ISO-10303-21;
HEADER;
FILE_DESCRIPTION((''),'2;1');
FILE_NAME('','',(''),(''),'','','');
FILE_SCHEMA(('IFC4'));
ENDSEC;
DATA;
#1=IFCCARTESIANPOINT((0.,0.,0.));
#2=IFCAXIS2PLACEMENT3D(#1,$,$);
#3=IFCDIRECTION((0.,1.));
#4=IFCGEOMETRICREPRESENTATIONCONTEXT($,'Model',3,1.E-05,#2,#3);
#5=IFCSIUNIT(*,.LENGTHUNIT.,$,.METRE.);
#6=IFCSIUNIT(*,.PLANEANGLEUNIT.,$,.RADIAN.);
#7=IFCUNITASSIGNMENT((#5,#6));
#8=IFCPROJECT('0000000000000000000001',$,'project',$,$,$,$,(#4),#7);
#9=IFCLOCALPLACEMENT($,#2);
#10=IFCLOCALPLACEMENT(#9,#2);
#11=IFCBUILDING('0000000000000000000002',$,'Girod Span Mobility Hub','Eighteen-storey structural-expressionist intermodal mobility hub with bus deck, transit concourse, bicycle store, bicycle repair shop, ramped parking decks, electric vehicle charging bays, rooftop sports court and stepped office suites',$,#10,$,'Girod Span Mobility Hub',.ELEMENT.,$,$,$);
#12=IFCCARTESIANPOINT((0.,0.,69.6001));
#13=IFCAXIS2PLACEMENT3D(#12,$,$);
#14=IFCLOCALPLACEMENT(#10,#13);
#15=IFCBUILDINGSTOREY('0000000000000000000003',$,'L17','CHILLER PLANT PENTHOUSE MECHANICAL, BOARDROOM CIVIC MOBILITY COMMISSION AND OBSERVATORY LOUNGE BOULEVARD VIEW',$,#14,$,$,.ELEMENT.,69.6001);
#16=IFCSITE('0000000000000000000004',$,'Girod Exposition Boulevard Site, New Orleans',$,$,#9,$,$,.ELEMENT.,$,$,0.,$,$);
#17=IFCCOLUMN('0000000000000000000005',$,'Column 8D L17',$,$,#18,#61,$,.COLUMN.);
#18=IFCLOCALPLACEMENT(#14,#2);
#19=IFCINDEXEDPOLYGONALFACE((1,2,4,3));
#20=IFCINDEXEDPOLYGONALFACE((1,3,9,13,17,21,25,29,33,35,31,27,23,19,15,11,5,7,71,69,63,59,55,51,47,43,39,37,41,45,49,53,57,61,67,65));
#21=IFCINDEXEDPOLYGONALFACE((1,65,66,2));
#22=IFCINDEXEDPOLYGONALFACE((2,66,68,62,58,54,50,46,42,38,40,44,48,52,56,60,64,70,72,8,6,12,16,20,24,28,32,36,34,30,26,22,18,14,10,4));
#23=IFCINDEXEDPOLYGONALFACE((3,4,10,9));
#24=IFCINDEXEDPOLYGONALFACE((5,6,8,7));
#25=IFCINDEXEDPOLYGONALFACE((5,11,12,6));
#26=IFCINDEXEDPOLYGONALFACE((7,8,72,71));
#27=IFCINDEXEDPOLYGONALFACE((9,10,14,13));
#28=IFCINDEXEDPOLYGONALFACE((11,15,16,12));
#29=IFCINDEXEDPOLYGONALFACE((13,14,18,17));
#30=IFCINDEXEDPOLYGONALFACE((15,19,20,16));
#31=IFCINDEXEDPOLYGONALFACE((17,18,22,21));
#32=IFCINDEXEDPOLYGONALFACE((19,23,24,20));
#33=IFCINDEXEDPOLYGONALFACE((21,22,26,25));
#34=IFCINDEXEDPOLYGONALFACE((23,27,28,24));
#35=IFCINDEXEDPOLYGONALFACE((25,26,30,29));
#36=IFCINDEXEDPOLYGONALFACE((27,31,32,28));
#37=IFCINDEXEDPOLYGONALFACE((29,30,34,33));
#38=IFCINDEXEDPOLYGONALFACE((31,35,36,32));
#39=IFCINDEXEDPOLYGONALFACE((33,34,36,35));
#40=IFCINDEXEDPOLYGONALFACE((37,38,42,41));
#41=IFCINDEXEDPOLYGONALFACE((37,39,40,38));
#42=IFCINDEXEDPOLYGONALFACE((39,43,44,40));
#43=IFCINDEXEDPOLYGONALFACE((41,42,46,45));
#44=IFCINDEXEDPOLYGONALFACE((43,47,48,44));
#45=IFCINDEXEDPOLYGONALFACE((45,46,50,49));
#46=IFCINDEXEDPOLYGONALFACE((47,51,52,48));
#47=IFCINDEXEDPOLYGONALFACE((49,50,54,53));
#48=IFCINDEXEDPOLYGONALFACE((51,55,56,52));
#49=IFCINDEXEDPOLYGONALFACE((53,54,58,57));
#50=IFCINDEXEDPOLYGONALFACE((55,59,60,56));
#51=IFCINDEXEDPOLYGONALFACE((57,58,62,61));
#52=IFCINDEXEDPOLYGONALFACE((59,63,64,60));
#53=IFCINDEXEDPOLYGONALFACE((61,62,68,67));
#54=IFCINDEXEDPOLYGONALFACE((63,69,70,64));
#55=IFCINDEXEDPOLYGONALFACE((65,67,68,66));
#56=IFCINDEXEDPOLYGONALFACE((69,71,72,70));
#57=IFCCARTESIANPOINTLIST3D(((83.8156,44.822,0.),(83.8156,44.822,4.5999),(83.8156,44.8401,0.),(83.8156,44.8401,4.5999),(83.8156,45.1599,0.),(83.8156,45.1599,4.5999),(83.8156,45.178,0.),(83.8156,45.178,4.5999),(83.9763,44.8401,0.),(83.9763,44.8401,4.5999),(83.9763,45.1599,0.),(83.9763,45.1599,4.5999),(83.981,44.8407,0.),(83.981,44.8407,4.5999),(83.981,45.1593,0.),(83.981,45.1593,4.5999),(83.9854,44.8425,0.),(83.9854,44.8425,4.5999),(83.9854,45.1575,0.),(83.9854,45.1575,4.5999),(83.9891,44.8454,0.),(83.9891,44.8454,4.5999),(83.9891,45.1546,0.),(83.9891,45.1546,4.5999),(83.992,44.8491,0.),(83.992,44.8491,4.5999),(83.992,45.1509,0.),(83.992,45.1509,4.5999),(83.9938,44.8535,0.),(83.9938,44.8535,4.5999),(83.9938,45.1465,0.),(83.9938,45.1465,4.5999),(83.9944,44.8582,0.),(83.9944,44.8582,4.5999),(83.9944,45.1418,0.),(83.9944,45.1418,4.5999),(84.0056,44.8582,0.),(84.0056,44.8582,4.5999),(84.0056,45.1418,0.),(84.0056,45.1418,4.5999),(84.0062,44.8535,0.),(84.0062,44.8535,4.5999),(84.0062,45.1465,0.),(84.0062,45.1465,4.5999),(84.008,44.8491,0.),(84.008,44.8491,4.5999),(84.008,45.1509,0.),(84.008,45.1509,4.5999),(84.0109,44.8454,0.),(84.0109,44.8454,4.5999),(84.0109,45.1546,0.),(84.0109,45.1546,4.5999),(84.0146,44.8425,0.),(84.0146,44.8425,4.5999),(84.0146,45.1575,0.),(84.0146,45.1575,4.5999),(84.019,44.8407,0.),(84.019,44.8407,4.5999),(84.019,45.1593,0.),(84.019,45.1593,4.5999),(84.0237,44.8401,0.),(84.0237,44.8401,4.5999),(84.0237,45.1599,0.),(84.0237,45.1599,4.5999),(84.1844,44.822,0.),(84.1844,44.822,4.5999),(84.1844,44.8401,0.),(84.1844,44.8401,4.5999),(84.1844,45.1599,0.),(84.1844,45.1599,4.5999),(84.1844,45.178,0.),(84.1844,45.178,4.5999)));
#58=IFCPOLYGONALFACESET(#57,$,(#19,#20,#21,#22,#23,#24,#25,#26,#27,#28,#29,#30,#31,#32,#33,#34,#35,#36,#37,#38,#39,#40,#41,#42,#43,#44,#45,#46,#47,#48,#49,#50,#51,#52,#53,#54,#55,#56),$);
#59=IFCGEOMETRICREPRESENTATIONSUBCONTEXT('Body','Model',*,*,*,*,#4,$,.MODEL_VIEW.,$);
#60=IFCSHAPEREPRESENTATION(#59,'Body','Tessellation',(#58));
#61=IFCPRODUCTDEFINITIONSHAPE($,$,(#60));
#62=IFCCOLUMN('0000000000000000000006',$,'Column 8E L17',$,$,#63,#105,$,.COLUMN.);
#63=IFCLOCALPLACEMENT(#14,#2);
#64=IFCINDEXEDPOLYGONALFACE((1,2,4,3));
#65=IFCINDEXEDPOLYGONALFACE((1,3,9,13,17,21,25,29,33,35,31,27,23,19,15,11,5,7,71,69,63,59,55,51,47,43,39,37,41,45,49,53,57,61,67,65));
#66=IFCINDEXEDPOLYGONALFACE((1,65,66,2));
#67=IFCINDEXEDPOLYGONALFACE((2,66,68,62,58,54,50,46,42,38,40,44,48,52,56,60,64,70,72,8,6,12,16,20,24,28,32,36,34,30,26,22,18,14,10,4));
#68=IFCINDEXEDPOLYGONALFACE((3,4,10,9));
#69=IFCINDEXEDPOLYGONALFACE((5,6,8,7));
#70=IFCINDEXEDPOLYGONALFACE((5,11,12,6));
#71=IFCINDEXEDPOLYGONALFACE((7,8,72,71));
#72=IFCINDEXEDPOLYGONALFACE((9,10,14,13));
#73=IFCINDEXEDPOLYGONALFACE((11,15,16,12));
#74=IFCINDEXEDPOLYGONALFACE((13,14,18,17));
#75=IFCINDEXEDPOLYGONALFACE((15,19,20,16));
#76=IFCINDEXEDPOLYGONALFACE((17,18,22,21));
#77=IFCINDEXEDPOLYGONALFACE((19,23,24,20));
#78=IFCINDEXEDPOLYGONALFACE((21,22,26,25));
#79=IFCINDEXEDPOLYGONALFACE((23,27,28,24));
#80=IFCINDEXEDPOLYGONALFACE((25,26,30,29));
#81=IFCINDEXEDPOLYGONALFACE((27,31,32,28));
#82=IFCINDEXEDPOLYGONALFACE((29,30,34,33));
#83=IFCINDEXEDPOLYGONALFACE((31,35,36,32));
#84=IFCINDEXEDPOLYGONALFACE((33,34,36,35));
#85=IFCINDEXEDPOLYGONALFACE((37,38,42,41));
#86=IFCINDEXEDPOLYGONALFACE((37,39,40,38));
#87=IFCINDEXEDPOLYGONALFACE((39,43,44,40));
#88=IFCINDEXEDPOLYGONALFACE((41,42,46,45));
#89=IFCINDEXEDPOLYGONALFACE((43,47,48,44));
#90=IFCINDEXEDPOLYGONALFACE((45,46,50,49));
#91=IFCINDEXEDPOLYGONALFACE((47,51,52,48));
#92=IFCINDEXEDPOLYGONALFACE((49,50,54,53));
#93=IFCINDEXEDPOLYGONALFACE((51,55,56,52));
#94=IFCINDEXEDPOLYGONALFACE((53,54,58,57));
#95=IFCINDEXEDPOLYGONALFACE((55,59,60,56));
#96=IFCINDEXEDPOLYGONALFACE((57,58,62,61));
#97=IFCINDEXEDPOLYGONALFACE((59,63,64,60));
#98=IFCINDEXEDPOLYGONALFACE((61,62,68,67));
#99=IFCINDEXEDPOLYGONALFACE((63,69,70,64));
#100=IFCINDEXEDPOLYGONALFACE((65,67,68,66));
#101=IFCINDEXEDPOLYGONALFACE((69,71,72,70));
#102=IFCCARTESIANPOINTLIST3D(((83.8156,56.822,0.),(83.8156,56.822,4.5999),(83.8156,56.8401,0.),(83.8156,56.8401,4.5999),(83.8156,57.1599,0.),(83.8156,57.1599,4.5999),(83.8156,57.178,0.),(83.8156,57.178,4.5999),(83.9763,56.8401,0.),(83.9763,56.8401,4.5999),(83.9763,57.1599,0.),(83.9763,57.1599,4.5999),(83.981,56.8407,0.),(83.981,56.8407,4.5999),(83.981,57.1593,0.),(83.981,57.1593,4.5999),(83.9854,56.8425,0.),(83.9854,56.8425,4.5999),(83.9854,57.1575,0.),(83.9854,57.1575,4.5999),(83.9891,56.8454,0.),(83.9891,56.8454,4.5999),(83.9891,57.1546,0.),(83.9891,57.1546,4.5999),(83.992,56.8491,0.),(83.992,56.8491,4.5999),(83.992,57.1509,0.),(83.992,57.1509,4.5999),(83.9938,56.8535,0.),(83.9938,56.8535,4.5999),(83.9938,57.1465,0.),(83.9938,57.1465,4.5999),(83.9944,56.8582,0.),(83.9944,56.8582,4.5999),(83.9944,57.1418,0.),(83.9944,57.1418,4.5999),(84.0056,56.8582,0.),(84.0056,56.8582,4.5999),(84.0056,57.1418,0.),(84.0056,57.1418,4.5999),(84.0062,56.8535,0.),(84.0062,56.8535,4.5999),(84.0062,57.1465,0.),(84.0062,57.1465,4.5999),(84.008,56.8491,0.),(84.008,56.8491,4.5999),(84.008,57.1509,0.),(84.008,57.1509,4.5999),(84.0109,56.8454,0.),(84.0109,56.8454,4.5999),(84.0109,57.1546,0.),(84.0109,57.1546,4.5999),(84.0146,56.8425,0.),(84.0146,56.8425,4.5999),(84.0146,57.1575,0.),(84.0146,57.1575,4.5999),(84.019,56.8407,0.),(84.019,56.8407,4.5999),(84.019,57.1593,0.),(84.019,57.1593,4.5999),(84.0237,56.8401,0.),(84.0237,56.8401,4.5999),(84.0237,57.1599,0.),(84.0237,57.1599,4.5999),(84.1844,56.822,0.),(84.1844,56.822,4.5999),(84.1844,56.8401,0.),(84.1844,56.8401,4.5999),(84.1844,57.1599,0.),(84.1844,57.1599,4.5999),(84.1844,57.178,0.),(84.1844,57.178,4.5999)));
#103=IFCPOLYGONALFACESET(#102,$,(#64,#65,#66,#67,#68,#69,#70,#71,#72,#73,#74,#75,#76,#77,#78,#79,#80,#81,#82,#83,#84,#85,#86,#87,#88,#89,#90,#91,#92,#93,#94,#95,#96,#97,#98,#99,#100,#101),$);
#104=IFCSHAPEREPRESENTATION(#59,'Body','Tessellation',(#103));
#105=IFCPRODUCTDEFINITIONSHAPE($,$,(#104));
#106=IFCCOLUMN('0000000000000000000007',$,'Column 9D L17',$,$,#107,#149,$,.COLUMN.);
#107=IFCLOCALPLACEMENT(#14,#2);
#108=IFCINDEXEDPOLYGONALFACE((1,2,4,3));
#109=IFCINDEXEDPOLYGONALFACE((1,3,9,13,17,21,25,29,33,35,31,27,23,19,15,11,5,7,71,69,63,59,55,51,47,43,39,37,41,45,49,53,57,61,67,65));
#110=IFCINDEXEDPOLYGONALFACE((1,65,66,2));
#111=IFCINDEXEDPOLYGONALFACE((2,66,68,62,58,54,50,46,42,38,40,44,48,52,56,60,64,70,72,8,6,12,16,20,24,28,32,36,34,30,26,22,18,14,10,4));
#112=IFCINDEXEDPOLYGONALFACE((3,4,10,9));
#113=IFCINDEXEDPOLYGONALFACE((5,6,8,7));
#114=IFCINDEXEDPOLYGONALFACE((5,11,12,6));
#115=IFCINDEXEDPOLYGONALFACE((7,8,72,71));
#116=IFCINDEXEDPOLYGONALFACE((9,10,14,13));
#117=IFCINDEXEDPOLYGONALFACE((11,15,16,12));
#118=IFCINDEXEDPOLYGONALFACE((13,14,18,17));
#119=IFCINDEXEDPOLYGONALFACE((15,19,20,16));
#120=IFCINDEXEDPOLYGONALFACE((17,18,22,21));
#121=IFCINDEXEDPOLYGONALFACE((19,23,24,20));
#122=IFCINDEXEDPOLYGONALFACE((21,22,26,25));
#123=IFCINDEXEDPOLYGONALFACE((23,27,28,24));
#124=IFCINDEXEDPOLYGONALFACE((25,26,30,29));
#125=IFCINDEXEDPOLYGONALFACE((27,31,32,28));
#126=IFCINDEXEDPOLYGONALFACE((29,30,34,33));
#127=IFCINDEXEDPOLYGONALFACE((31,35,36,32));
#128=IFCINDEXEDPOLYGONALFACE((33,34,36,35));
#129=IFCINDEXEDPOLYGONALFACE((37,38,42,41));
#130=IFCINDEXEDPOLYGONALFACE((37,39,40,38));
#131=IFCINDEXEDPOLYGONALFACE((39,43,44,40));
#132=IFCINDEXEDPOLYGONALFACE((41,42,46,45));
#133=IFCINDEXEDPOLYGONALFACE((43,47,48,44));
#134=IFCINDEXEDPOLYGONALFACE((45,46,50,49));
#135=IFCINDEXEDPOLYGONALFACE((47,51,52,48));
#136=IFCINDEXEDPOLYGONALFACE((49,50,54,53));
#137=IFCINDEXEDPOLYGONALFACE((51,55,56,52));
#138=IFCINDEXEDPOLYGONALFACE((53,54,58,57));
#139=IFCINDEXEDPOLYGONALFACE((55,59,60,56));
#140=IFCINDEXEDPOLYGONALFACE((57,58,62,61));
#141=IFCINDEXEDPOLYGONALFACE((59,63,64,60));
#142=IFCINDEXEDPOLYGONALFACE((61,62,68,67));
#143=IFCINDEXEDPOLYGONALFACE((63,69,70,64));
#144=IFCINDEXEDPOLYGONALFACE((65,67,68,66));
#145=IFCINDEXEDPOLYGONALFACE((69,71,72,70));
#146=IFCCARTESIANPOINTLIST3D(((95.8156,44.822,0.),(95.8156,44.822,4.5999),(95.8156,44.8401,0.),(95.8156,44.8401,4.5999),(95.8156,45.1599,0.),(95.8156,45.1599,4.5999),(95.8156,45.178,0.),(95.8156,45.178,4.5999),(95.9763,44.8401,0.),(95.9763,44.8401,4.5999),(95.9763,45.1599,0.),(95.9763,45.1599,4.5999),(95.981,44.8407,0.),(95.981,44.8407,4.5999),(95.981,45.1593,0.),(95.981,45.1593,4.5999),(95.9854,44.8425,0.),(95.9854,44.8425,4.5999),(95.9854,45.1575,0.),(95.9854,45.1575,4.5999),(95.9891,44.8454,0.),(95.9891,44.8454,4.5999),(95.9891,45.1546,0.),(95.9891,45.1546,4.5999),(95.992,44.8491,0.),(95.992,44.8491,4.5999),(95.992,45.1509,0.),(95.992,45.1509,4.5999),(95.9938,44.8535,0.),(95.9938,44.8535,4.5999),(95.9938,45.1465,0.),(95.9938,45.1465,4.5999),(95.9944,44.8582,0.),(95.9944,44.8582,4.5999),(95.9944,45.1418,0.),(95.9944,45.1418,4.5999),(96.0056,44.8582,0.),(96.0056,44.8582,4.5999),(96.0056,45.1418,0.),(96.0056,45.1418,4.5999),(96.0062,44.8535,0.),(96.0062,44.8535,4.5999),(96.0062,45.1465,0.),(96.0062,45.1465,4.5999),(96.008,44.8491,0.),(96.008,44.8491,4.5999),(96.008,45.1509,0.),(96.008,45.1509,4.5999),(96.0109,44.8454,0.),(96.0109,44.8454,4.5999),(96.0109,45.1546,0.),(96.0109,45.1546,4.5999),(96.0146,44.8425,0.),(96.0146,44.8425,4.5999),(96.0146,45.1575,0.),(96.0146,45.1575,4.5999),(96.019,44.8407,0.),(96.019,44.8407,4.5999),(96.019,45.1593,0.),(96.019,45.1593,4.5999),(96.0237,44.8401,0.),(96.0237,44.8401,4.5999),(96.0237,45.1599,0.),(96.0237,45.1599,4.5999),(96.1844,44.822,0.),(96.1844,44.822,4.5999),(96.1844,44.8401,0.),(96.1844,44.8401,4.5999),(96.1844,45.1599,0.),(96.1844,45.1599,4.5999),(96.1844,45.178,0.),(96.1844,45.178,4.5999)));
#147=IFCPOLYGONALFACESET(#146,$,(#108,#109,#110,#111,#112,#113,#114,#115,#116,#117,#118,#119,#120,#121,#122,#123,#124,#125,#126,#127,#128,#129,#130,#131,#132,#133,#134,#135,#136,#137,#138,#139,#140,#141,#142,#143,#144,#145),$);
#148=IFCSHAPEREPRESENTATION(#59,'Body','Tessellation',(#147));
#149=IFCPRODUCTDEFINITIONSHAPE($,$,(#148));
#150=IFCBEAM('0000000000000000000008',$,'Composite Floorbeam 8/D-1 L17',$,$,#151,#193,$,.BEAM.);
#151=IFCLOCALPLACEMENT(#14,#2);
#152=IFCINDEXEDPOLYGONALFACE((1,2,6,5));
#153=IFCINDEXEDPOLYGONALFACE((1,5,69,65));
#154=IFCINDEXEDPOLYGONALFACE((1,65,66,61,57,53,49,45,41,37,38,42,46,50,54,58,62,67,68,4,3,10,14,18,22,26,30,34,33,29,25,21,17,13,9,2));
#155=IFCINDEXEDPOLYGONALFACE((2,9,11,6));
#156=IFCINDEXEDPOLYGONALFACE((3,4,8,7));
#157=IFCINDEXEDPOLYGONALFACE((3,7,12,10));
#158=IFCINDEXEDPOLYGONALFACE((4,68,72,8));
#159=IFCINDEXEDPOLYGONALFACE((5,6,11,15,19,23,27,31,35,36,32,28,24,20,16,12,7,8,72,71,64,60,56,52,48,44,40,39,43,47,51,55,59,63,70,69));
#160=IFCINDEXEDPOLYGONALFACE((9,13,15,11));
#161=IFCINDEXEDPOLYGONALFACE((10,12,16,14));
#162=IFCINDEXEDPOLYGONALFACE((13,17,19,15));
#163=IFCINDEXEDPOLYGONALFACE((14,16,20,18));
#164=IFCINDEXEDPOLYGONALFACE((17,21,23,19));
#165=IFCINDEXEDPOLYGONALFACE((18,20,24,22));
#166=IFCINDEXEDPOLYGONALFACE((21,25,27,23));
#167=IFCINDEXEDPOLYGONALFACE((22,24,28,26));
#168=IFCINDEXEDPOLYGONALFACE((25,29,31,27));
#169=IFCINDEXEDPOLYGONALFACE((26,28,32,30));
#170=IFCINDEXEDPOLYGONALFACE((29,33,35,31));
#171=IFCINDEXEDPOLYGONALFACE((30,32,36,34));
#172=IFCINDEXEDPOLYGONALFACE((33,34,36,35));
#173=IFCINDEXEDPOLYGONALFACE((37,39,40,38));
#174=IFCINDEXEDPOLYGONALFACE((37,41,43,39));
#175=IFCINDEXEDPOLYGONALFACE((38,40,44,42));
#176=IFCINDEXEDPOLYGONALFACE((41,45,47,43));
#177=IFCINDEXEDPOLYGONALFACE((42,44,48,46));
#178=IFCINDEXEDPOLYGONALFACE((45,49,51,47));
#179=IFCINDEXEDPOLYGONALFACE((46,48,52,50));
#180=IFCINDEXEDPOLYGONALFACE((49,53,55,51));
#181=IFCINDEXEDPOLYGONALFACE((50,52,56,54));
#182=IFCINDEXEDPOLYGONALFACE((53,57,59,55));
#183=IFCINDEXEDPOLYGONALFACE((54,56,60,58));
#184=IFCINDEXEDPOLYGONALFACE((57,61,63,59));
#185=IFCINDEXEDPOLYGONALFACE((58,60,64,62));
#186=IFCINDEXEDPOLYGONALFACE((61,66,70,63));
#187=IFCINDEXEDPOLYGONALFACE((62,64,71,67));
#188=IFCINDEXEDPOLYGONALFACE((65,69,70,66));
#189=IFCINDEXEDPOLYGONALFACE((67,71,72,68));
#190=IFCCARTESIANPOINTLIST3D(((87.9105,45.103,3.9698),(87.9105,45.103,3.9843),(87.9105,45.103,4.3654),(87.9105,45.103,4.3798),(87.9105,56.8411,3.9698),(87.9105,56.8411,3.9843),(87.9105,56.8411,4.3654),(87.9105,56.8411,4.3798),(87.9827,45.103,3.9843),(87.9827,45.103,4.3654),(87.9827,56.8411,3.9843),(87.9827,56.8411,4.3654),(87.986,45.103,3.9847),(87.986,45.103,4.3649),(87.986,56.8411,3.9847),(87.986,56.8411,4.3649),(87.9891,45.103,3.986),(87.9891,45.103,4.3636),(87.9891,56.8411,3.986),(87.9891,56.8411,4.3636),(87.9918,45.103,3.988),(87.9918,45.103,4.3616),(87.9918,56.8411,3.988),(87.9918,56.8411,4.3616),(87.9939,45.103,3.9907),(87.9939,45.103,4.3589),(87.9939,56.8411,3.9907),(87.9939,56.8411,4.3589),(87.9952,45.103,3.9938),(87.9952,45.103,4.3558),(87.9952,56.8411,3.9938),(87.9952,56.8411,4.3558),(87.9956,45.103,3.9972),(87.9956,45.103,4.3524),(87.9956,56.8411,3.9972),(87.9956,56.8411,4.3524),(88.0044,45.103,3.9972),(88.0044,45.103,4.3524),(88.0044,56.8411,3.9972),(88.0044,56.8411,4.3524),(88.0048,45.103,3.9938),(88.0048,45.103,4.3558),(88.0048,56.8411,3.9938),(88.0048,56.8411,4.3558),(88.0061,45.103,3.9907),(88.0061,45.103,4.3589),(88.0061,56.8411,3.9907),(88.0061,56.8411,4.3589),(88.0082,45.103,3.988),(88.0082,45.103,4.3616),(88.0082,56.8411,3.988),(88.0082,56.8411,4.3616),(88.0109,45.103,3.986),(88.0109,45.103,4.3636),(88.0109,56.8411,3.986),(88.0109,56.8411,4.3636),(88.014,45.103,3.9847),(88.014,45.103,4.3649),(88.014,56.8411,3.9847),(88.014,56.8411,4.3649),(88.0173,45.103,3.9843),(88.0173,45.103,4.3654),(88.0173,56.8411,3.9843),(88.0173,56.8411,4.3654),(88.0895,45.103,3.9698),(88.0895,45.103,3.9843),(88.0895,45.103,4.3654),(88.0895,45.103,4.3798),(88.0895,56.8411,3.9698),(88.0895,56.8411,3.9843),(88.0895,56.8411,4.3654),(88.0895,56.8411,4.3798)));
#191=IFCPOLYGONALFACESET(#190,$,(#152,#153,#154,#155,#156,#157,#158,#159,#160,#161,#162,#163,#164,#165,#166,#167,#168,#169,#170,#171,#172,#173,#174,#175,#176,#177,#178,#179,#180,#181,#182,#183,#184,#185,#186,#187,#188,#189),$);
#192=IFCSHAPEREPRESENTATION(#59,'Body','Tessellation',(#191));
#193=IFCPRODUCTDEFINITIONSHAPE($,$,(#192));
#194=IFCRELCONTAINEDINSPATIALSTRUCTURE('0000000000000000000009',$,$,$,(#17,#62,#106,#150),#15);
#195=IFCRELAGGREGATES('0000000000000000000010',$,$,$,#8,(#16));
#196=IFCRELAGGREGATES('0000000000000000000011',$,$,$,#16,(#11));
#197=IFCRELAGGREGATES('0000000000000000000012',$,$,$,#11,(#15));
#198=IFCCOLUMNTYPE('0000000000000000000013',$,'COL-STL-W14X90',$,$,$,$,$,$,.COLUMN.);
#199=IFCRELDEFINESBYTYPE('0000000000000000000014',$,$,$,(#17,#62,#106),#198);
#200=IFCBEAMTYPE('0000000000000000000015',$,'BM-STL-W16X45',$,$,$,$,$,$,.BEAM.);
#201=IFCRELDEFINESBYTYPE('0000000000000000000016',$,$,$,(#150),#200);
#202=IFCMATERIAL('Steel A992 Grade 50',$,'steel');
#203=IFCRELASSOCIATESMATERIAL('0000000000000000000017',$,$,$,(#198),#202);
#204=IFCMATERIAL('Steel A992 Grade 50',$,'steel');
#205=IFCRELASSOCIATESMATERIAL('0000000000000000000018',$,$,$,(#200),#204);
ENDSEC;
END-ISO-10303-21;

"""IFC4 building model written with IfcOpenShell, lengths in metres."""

from ifc_helpers import new_model, si_unit, direction, frame, origin, origin_2d, place, context, subcontext, project, spatial, i_section, extrude, material, material_profile, profile_set, type_object, element, save


model = new_model("IFC4")

# Units and contexts
model_context = context("Model", 3, precision=1e-05, world=origin(), true_north=direction((0.0, 1.0)))
body_context = subcontext(model_context, "Body", "Model", "MODEL_VIEW")
ifc_project = project(units=[si_unit("LENGTHUNIT", "METRE"), si_unit("PLANEANGLEUNIT", "RADIAN")], contexts=[model_context])

# Site, building, storey
site_placement = place(None, origin())
site = spatial("IfcSite", under=ifc_project, at=site_placement, Name="Girod Exposition Boulevard Site, New Orleans", CompositionType="ELEMENT", RefElevation=0.0)
building_placement = place(site_placement, origin())
building = spatial("IfcBuilding", under=site, at=building_placement, Name="Girod Span Mobility Hub", Description="Eighteen-storey structural-expressionist intermodal mobility hub with bus deck, transit concourse, bicycle store, bicycle repair shop, ramped parking decks, electric vehicle charging bays, rooftop sports court and stepped office suites", LongName="Girod Span Mobility Hub", CompositionType="ELEMENT")
storey_placement = place(building_placement, frame((0.0, 0.0, 69.6001)))
storey = spatial("IfcBuildingStorey", under=building, at=storey_placement, Name="L17", Description="CHILLER PLANT PENTHOUSE MECHANICAL, BOARDROOM CIVIC MOBILITY COMMISSION AND OBSERVATORY LOUNGE BOULEVARD VIEW", CompositionType="ELEMENT", Elevation=69.6001)

# Columns
ifc_material_1 = material(Name="Steel A992 Grade 50", Category="steel")
ifc_material_profile_1 = material_profile(ifc_material_1, i_section(OverallWidth=0.3689, OverallDepth=0.356, WebThickness=0.0112, FlangeThickness=0.0181, FilletRadius=0.0181, at=origin_2d()), Name="W14X90")
ifc_profile_set_1 = profile_set([ifc_material_profile_1], Name="Steel A992 Grade 50")
column_type = type_object("IfcColumnType", Name="COL-STL-W14X90", PredefinedType="COLUMN", material=ifc_profile_set_1)
for number, where, z_axis, x_axis, name in (
    (1, (84.0, 45.0, 0.0), (0.0, 0.0, 1.0), (1.0, 0.0, 0.0), "Column 8D L17"),
    (2, (84.0, 57.0, 0.0), (0.0, 0.0, 1.0), (1.0, 0.0, 0.0), "Column 8E L17"),
    (3, (96.0, 45.0, 0.0), (0.0, 0.0, 1.0), (1.0, 0.0, 0.0), "Column 9D L17"),
):
    element("IfcColumn", number, at=place(storey_placement, frame(where, z_axis=z_axis, x_axis=x_axis)), inside=storey, type_object=column_type, Name=name, PredefinedType="COLUMN", context=body_context, shape_type="SweptSolid", body=[
        extrude(i_section(OverallWidth=0.3689, OverallDepth=0.356, WebThickness=0.0112, FlangeThickness=0.0181, FilletRadius=0.0181, at=origin_2d()), origin(), (0.0, 0.0, 1.0), 4.5999),
    ])

# Beam
ifc_material_2 = material(Name="Steel A992 Grade 50", Category="steel")
ifc_material_profile_2 = material_profile(ifc_material_2, i_section(OverallWidth=0.179, OverallDepth=0.4099, WebThickness=0.0088, FlangeThickness=0.0144, FilletRadius=0.0129, at=origin_2d()), Name="W16X45")
ifc_profile_set_2 = profile_set([ifc_material_profile_2], Name="Steel A992 Grade 50")
beam_type_1 = type_object("IfcBeamType", Name="BM-STL-W16X45", PredefinedType="BEAM", material=ifc_profile_set_2)
for number, where, z_axis, x_axis, name in (
    (4, (88.0, 45.103, 4.1748), (0.0, 1.0, 0.0), (-1.0, 0.0, 0.0), "Composite Floorbeam 8/D-1 L17"),
):
    element("IfcBeam", number, at=place(storey_placement, frame(where, z_axis=z_axis, x_axis=x_axis)), inside=storey, type_object=beam_type_1, Name=name, PredefinedType="BEAM", context=body_context, shape_type="SweptSolid", body=[
        extrude(i_section(OverallWidth=0.179, OverallDepth=0.4099, WebThickness=0.0088, FlangeThickness=0.0144, FilletRadius=0.0129, at=origin_2d()), origin(), (0.0, 0.0, 1.0), 11.738),
    ])

save(model, "model.ifc")
